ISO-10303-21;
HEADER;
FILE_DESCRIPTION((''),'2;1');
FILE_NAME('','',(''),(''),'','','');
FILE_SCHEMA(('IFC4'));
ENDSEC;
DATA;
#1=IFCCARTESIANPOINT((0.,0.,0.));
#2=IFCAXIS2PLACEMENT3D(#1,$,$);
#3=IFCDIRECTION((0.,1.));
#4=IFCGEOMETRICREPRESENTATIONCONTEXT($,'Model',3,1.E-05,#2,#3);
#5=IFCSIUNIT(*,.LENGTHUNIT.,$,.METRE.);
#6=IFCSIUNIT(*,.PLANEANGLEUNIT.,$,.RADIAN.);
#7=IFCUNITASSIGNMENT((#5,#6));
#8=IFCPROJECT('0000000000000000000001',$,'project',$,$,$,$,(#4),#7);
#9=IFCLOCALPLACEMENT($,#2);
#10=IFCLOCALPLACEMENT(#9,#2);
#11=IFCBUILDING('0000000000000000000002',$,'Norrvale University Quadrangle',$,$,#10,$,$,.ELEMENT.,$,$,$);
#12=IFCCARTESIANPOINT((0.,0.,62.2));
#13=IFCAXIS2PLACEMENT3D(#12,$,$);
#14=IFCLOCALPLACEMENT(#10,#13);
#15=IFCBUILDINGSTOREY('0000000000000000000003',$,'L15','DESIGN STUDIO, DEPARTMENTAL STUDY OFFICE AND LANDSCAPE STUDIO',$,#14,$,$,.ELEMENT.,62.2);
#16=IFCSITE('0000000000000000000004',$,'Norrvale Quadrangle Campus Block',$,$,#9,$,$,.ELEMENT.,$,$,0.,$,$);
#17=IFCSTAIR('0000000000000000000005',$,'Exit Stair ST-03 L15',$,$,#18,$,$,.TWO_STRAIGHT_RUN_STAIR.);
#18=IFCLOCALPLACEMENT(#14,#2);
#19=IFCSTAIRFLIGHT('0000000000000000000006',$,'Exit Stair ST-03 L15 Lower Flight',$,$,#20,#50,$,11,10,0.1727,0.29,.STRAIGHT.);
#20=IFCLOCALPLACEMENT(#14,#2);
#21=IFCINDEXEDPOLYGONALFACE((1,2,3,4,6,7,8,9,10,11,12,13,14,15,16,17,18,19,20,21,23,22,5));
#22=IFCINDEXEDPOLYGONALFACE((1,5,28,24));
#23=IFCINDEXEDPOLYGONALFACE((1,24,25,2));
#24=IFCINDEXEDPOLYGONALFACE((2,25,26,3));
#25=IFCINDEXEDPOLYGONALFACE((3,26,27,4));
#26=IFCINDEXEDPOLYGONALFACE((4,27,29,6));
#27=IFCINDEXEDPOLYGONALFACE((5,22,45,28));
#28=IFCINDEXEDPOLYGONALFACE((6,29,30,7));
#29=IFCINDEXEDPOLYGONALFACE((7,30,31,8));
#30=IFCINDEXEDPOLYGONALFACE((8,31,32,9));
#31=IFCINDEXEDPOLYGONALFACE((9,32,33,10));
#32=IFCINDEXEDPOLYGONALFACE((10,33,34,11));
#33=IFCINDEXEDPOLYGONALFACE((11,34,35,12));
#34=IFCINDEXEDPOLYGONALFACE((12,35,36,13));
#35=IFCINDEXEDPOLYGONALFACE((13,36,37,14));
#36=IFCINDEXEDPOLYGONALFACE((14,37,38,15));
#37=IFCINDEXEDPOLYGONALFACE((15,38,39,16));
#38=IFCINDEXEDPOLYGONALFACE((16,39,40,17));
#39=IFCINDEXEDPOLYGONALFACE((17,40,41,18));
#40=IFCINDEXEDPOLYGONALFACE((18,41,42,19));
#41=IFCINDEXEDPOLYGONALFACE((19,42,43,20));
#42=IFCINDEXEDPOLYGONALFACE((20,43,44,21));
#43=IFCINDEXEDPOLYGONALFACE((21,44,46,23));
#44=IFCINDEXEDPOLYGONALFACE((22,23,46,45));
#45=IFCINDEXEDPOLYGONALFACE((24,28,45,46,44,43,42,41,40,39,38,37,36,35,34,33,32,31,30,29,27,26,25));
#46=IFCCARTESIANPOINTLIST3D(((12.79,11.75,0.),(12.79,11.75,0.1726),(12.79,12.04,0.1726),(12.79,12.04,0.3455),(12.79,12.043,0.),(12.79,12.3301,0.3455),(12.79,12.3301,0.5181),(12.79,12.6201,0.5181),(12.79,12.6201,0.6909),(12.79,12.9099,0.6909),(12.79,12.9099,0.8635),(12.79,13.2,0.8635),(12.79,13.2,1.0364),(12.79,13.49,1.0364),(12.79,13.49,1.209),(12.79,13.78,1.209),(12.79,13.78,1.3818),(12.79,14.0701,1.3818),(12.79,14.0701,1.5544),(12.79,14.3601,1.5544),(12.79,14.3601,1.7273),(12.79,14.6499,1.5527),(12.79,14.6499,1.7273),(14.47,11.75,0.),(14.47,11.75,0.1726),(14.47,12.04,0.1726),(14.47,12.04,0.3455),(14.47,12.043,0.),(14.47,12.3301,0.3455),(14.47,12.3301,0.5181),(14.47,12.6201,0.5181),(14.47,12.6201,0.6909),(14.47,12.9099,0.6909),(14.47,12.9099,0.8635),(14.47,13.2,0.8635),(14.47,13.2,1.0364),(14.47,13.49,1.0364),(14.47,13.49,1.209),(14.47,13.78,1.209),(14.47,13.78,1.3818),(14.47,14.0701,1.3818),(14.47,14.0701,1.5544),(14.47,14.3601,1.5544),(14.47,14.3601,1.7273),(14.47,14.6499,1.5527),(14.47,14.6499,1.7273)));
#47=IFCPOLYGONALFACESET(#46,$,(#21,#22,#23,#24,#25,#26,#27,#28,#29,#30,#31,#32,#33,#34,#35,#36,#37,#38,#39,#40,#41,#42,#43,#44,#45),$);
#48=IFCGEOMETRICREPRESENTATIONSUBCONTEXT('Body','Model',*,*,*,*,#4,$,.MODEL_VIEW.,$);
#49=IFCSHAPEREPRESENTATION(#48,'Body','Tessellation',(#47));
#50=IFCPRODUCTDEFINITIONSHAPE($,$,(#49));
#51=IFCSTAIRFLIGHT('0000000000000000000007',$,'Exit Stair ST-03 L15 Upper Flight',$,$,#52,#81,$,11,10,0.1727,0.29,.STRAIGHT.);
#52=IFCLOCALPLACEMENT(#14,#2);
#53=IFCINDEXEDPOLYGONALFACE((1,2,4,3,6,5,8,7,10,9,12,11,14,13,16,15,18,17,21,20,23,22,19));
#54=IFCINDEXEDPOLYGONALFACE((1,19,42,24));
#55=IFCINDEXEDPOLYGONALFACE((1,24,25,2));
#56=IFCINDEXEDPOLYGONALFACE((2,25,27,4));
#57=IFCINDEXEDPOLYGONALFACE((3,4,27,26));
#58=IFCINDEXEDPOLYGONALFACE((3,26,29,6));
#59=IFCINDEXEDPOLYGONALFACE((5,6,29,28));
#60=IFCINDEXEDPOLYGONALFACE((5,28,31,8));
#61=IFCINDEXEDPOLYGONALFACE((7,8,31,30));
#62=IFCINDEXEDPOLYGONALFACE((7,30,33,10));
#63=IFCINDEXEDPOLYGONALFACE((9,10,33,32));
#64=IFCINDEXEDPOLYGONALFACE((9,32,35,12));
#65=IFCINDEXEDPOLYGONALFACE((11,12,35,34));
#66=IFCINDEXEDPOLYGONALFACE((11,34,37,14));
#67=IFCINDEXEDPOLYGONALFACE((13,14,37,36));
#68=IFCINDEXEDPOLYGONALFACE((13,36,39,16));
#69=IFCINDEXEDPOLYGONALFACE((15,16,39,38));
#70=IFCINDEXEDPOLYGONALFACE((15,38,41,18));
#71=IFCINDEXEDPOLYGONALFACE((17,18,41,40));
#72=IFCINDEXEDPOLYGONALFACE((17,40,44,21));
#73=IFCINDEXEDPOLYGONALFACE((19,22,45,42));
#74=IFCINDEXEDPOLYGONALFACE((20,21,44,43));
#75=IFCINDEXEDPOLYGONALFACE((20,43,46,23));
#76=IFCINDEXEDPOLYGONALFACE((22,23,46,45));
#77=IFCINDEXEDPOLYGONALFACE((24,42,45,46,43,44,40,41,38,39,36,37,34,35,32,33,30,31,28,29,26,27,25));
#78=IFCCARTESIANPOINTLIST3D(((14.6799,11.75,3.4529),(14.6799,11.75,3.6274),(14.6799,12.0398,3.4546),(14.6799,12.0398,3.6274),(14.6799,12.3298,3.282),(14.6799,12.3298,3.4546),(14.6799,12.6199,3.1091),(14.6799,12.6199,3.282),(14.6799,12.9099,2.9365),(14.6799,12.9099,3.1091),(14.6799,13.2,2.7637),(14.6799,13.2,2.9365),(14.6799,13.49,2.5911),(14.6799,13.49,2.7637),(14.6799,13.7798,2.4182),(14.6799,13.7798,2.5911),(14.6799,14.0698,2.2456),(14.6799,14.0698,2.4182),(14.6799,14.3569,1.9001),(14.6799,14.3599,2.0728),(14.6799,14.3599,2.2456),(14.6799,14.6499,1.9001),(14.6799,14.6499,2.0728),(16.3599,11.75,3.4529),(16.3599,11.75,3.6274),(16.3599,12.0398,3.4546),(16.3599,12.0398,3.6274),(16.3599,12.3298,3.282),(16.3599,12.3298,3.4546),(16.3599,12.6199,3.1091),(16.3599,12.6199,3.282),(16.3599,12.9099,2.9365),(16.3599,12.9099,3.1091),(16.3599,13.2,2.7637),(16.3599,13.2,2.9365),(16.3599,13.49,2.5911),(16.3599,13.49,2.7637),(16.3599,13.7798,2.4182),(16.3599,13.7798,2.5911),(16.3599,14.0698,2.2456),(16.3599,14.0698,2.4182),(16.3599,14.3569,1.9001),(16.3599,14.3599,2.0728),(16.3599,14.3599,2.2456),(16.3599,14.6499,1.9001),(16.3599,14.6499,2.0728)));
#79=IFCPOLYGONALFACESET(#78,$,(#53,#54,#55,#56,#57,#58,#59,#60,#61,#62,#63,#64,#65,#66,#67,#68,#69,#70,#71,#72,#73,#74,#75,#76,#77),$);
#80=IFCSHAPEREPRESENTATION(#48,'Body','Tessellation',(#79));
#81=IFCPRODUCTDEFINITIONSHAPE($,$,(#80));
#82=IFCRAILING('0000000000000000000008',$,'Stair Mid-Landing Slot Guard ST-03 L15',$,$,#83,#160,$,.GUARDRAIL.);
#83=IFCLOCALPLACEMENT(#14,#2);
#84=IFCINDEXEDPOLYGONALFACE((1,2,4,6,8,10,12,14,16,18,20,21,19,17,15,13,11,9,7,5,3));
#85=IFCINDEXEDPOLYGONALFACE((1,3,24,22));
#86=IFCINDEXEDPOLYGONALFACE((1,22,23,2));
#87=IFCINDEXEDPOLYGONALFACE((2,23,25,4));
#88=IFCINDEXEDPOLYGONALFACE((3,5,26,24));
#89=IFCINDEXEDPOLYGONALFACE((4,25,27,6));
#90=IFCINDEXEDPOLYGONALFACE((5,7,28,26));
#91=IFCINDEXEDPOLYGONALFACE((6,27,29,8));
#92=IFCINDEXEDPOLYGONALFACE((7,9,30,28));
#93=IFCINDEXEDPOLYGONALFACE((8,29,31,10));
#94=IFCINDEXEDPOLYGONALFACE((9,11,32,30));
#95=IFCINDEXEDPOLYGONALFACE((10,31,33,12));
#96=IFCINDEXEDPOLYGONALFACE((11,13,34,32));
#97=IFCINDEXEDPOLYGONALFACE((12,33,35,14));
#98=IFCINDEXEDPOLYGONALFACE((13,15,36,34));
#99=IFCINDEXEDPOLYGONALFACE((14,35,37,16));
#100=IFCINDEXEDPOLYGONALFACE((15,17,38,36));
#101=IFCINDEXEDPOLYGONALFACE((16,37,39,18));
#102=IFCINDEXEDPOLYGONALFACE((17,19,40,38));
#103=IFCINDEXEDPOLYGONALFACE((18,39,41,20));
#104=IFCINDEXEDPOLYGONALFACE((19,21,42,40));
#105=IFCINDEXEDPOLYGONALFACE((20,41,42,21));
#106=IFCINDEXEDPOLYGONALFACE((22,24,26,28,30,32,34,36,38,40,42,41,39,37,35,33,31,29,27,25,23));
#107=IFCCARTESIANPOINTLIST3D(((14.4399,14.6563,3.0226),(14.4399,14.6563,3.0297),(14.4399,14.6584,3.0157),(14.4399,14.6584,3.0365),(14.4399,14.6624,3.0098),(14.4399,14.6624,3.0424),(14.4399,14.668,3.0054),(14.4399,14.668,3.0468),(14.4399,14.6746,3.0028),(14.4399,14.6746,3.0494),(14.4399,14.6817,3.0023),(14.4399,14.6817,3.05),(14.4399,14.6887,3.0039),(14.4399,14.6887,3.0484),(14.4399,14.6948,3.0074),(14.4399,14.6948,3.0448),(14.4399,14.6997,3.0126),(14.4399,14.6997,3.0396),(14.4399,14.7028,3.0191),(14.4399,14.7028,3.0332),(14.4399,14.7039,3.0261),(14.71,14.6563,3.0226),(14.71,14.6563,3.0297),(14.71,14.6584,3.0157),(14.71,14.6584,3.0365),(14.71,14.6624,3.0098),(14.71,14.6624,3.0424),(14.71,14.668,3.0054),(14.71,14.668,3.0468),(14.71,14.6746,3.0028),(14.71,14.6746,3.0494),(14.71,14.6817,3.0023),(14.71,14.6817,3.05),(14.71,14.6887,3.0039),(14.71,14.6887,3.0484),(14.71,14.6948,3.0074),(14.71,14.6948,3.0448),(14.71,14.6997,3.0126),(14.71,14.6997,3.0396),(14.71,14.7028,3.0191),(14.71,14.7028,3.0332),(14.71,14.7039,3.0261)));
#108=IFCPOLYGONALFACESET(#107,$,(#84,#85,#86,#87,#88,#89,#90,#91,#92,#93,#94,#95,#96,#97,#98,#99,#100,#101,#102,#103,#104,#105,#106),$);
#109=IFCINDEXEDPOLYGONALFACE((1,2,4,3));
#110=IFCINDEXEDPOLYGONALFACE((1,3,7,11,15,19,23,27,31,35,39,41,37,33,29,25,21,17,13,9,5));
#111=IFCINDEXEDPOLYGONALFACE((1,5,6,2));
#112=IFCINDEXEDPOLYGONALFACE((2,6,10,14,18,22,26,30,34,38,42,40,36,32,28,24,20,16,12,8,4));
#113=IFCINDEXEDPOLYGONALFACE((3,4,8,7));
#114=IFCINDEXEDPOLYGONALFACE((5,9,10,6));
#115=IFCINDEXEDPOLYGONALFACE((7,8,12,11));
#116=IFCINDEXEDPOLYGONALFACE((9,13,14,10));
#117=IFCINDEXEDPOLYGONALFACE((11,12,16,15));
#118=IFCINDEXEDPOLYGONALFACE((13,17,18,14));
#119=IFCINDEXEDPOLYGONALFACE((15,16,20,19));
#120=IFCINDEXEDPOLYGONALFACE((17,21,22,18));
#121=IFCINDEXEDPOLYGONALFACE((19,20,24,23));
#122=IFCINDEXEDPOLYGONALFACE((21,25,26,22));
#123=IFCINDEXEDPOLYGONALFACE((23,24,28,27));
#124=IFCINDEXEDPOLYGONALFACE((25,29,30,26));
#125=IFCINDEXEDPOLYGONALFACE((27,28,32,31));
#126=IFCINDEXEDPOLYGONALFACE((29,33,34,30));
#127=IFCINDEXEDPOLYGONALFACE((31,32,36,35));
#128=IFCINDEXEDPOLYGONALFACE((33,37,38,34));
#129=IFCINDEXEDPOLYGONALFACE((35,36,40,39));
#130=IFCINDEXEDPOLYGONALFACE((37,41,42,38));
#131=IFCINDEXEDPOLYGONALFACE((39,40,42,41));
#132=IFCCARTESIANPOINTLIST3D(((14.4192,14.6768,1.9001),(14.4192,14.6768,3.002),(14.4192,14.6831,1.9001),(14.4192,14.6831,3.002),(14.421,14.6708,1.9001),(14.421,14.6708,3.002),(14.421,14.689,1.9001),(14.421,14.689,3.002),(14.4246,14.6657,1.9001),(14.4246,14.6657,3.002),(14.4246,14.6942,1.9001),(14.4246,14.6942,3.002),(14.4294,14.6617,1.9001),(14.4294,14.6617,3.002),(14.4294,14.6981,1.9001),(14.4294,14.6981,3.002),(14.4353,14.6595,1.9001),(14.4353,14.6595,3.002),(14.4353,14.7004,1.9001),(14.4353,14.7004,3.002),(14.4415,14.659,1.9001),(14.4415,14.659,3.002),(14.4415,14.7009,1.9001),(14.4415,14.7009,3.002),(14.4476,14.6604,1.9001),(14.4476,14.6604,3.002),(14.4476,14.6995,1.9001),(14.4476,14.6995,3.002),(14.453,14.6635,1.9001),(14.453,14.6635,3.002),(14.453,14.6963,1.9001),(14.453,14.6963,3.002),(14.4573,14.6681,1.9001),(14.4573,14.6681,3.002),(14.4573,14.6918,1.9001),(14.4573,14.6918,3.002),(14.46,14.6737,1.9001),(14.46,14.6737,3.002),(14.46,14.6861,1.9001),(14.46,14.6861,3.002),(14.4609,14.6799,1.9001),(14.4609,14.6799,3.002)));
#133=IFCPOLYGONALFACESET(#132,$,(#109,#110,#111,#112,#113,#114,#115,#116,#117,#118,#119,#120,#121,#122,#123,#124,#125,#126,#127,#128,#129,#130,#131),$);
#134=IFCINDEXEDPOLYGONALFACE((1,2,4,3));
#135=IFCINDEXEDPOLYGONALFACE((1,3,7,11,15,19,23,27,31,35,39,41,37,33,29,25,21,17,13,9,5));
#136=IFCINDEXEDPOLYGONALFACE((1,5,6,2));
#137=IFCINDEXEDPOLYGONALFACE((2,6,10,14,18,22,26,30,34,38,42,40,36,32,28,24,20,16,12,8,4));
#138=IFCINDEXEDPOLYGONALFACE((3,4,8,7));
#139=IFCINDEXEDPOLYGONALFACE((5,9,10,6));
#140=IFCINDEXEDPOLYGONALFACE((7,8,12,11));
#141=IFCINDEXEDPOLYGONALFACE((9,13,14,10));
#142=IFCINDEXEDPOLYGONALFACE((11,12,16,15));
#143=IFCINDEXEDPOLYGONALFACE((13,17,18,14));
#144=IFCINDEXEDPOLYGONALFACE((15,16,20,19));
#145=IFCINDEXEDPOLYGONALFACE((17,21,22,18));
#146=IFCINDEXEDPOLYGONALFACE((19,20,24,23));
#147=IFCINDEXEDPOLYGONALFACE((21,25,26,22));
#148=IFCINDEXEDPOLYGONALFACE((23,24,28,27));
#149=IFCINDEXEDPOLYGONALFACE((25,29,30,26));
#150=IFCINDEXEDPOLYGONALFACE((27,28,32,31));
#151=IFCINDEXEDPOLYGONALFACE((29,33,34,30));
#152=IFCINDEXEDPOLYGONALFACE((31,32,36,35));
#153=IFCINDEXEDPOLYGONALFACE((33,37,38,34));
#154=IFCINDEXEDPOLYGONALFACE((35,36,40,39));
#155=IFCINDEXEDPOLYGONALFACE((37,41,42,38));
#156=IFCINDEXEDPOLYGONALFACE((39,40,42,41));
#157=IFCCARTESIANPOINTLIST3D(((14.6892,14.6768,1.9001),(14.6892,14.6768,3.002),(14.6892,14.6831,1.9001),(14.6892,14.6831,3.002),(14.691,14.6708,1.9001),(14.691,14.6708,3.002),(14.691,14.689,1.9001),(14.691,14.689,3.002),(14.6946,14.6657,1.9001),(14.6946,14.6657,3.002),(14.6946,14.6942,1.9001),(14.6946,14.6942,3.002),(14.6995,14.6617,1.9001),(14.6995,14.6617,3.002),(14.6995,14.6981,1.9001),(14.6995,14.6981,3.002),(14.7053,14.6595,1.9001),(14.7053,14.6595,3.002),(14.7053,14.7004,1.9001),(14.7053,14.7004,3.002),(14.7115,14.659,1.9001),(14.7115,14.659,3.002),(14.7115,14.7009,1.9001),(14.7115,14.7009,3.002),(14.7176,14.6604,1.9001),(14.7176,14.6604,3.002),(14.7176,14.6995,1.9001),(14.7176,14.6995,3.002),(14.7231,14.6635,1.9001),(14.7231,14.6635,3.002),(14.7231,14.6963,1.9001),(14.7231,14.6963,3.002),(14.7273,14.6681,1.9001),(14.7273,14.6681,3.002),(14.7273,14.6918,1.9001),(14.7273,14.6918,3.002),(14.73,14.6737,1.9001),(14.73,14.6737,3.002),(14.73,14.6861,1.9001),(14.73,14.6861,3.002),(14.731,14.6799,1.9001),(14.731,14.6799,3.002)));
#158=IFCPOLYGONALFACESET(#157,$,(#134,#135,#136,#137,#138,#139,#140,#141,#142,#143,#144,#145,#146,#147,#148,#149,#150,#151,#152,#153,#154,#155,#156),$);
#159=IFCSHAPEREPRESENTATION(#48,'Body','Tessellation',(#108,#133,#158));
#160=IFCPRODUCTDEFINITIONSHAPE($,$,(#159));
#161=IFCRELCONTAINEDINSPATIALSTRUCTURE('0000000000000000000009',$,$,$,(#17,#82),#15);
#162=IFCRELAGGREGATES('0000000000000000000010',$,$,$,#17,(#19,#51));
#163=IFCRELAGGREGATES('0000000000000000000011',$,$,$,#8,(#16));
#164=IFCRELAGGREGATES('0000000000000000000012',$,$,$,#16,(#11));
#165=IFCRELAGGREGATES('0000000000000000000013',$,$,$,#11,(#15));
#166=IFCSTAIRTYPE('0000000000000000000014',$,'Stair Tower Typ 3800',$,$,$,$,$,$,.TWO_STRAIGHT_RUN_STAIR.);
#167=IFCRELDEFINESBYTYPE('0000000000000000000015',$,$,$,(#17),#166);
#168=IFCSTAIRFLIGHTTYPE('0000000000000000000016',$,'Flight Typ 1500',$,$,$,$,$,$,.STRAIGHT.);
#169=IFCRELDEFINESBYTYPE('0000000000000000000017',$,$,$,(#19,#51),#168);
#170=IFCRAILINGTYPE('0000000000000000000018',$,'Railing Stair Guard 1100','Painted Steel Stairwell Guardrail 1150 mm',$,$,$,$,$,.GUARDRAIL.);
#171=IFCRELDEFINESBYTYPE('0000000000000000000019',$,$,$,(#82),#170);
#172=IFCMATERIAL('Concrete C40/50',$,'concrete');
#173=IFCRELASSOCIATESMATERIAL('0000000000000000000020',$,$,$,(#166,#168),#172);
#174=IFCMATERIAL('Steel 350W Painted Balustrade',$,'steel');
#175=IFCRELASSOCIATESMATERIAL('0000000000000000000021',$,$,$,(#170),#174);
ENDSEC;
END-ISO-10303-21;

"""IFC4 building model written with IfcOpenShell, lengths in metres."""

from ifc_helpers import new_model, si_unit, direction, frame, origin, origin_2d, place, context, subcontext, project, spatial, polyline, circle, outline, extrude, material, type_object, element, aggregate, save


model = new_model("IFC4")

# Units and contexts
model_context = context("Model", 3, precision=1e-05, world=origin(), true_north=direction((0.0, 1.0)))
body_context = subcontext(model_context, "Body", "Model", "MODEL_VIEW")
ifc_project = project(units=[si_unit("LENGTHUNIT", "METRE"), si_unit("PLANEANGLEUNIT", "RADIAN")], contexts=[model_context])

# Site, building, storey
site_placement = place(None, origin())
site = spatial("IfcSite", under=ifc_project, at=site_placement, Name="Norrvale Quadrangle Campus Block", CompositionType="ELEMENT", RefElevation=0.0)
building_placement = place(site_placement, origin())
building = spatial("IfcBuilding", under=site, at=building_placement, Name="Norrvale University Quadrangle", CompositionType="ELEMENT")
storey_placement = place(building_placement, frame((0.0, 0.0, 62.2)))
storey = spatial("IfcBuildingStorey", under=building, at=storey_placement, Name="L15", Description="DESIGN STUDIO, DEPARTMENTAL STUDY OFFICE AND LANDSCAPE STUDIO", CompositionType="ELEMENT", Elevation=62.2)

# Stair, stair flights
ifc_material_1 = material(Name="Concrete C40/50", Category="concrete")
stair_type = type_object("IfcStairType", Name="Stair Tower Typ 3800", PredefinedType="TWO_STRAIGHT_RUN_STAIR", material=ifc_material_1)
stair_placement = place(storey_placement, origin())
stair = element("IfcStair", 1, at=stair_placement, inside=storey, type_object=stair_type, Name="Exit Stair ST-03 L15", PredefinedType="TWO_STRAIGHT_RUN_STAIR")
stair_flight_type = type_object("IfcStairFlightType", Name="Flight Typ 1500", PredefinedType="STRAIGHT", material=ifc_material_1)
stair_flight_1_placement = place(storey_placement, frame((13.6299, 11.75, 0.0), z_axis=(0.0, 0.0, 1.0), x_axis=(0.0, 1.0, 0.0)))
stair_flight_1 = element("IfcStairFlight", 2, at=stair_flight_1_placement, type_object=stair_flight_type, Name="Exit Stair ST-03 L15 Lower Flight", NumberOfRisers=11, NumberOfTreads=10, PredefinedType="STRAIGHT", RiserHeight=0.1727, TreadLength=0.29, context=body_context, shape_type="SweptSolid", body=[
    extrude(outline(polyline([(0.0, 0.0), (0.0, 0.1726), (0.29, 0.1726), (0.29, 0.3455), (0.5801, 0.3455), (0.5801, 0.5181), (0.8701, 0.5181), (0.8701, 0.6909), (1.1599, 0.6909), (1.1599, 0.8635), (1.45, 0.8635), (1.45, 1.0364), (1.74, 1.0364), (1.74, 1.209), (2.03, 1.209), (2.03, 1.3818), (2.3201, 1.3818), (2.3201, 1.5544), (2.6101, 1.5544), (2.6101, 1.7273), (2.8999, 1.7273), (2.8999, 1.8999), (2.8999, 1.5527), (0.293, 0.0), (0.0, 0.0)])), frame((0.0, 0.8398, 0.0), z_axis=(0.0, -1.0, 0.0), x_axis=(1.0, 0.0, 0.0)), (0.0, 0.0, 1.0), 1.6799),
])
stair_flight_2_placement = place(storey_placement, frame((15.52, 14.6499, 1.9001), z_axis=(0.0, 0.0, 1.0), x_axis=(0.0, -1.0, 0.0)))
stair_flight_2 = element("IfcStairFlight", 3, at=stair_flight_2_placement, type_object=stair_flight_type, Name="Exit Stair ST-03 L15 Upper Flight", NumberOfRisers=11, NumberOfTreads=10, PredefinedType="STRAIGHT", RiserHeight=0.1727, TreadLength=0.29, context=body_context, shape_type="SweptSolid", body=[
    extrude(outline(polyline([(0.0, 0.0), (0.0, 0.1726), (0.29, 0.1726), (0.29, 0.3455), (0.5801, 0.3455), (0.5801, 0.5181), (0.8701, 0.5181), (0.8701, 0.6909), (1.1599, 0.6909), (1.1599, 0.8635), (1.45, 0.8635), (1.45, 1.0364), (1.74, 1.0364), (1.74, 1.209), (2.03, 1.209), (2.03, 1.3818), (2.3201, 1.3818), (2.3201, 1.5544), (2.6101, 1.5544), (2.6101, 1.7273), (2.8999, 1.7273), (2.8999, 1.8999), (2.8999, 1.5527), (0.293, 0.0), (0.0, 0.0)])), frame((0.0, 0.8398, 0.0), z_axis=(0.0, -1.0, 0.0), x_axis=(1.0, 0.0, 0.0)), (0.0, 0.0, 1.0), 1.6799),
])
aggregate(stair, [stair_flight_1, stair_flight_2])

# Railing
ifc_material_2 = material(Name="Steel 350W Painted Balustrade", Category="steel")
railing_type_1 = type_object("IfcRailingType", Name="Railing Stair Guard 1100", Description="Painted Steel Stairwell Guardrail 1150 mm", PredefinedType="GUARDRAIL", material=ifc_material_2)
railing_1_placement = place(storey_placement, frame((14.4399, 14.6799, 1.9001)))
element("IfcRailing", 4, at=railing_1_placement, inside=storey, type_object=railing_type_1, Name="Stair Mid-Landing Slot Guard ST-03 L15", PredefinedType="GUARDRAIL", context=body_context, shape_type="SweptSolid", body=[
    extrude(circle(Radius=0.0239, at=origin_2d()), frame((0.0, 0.0, 1.126), z_axis=(1.0, 0.0, 0.0), x_axis=(0.0, 1.0, 0.0)), (0.0, 0.0, 1.0), 0.27),
    extrude(circle(Radius=0.021, at=origin_2d()), origin(), (0.0, 0.0, 1.0), 1.1018),
    extrude(circle(Radius=0.021, at=origin_2d()), frame((0.27, 0.0, 0.0)), (0.0, 0.0, 1.0), 1.1018),
])

save(model, "model.ifc")
